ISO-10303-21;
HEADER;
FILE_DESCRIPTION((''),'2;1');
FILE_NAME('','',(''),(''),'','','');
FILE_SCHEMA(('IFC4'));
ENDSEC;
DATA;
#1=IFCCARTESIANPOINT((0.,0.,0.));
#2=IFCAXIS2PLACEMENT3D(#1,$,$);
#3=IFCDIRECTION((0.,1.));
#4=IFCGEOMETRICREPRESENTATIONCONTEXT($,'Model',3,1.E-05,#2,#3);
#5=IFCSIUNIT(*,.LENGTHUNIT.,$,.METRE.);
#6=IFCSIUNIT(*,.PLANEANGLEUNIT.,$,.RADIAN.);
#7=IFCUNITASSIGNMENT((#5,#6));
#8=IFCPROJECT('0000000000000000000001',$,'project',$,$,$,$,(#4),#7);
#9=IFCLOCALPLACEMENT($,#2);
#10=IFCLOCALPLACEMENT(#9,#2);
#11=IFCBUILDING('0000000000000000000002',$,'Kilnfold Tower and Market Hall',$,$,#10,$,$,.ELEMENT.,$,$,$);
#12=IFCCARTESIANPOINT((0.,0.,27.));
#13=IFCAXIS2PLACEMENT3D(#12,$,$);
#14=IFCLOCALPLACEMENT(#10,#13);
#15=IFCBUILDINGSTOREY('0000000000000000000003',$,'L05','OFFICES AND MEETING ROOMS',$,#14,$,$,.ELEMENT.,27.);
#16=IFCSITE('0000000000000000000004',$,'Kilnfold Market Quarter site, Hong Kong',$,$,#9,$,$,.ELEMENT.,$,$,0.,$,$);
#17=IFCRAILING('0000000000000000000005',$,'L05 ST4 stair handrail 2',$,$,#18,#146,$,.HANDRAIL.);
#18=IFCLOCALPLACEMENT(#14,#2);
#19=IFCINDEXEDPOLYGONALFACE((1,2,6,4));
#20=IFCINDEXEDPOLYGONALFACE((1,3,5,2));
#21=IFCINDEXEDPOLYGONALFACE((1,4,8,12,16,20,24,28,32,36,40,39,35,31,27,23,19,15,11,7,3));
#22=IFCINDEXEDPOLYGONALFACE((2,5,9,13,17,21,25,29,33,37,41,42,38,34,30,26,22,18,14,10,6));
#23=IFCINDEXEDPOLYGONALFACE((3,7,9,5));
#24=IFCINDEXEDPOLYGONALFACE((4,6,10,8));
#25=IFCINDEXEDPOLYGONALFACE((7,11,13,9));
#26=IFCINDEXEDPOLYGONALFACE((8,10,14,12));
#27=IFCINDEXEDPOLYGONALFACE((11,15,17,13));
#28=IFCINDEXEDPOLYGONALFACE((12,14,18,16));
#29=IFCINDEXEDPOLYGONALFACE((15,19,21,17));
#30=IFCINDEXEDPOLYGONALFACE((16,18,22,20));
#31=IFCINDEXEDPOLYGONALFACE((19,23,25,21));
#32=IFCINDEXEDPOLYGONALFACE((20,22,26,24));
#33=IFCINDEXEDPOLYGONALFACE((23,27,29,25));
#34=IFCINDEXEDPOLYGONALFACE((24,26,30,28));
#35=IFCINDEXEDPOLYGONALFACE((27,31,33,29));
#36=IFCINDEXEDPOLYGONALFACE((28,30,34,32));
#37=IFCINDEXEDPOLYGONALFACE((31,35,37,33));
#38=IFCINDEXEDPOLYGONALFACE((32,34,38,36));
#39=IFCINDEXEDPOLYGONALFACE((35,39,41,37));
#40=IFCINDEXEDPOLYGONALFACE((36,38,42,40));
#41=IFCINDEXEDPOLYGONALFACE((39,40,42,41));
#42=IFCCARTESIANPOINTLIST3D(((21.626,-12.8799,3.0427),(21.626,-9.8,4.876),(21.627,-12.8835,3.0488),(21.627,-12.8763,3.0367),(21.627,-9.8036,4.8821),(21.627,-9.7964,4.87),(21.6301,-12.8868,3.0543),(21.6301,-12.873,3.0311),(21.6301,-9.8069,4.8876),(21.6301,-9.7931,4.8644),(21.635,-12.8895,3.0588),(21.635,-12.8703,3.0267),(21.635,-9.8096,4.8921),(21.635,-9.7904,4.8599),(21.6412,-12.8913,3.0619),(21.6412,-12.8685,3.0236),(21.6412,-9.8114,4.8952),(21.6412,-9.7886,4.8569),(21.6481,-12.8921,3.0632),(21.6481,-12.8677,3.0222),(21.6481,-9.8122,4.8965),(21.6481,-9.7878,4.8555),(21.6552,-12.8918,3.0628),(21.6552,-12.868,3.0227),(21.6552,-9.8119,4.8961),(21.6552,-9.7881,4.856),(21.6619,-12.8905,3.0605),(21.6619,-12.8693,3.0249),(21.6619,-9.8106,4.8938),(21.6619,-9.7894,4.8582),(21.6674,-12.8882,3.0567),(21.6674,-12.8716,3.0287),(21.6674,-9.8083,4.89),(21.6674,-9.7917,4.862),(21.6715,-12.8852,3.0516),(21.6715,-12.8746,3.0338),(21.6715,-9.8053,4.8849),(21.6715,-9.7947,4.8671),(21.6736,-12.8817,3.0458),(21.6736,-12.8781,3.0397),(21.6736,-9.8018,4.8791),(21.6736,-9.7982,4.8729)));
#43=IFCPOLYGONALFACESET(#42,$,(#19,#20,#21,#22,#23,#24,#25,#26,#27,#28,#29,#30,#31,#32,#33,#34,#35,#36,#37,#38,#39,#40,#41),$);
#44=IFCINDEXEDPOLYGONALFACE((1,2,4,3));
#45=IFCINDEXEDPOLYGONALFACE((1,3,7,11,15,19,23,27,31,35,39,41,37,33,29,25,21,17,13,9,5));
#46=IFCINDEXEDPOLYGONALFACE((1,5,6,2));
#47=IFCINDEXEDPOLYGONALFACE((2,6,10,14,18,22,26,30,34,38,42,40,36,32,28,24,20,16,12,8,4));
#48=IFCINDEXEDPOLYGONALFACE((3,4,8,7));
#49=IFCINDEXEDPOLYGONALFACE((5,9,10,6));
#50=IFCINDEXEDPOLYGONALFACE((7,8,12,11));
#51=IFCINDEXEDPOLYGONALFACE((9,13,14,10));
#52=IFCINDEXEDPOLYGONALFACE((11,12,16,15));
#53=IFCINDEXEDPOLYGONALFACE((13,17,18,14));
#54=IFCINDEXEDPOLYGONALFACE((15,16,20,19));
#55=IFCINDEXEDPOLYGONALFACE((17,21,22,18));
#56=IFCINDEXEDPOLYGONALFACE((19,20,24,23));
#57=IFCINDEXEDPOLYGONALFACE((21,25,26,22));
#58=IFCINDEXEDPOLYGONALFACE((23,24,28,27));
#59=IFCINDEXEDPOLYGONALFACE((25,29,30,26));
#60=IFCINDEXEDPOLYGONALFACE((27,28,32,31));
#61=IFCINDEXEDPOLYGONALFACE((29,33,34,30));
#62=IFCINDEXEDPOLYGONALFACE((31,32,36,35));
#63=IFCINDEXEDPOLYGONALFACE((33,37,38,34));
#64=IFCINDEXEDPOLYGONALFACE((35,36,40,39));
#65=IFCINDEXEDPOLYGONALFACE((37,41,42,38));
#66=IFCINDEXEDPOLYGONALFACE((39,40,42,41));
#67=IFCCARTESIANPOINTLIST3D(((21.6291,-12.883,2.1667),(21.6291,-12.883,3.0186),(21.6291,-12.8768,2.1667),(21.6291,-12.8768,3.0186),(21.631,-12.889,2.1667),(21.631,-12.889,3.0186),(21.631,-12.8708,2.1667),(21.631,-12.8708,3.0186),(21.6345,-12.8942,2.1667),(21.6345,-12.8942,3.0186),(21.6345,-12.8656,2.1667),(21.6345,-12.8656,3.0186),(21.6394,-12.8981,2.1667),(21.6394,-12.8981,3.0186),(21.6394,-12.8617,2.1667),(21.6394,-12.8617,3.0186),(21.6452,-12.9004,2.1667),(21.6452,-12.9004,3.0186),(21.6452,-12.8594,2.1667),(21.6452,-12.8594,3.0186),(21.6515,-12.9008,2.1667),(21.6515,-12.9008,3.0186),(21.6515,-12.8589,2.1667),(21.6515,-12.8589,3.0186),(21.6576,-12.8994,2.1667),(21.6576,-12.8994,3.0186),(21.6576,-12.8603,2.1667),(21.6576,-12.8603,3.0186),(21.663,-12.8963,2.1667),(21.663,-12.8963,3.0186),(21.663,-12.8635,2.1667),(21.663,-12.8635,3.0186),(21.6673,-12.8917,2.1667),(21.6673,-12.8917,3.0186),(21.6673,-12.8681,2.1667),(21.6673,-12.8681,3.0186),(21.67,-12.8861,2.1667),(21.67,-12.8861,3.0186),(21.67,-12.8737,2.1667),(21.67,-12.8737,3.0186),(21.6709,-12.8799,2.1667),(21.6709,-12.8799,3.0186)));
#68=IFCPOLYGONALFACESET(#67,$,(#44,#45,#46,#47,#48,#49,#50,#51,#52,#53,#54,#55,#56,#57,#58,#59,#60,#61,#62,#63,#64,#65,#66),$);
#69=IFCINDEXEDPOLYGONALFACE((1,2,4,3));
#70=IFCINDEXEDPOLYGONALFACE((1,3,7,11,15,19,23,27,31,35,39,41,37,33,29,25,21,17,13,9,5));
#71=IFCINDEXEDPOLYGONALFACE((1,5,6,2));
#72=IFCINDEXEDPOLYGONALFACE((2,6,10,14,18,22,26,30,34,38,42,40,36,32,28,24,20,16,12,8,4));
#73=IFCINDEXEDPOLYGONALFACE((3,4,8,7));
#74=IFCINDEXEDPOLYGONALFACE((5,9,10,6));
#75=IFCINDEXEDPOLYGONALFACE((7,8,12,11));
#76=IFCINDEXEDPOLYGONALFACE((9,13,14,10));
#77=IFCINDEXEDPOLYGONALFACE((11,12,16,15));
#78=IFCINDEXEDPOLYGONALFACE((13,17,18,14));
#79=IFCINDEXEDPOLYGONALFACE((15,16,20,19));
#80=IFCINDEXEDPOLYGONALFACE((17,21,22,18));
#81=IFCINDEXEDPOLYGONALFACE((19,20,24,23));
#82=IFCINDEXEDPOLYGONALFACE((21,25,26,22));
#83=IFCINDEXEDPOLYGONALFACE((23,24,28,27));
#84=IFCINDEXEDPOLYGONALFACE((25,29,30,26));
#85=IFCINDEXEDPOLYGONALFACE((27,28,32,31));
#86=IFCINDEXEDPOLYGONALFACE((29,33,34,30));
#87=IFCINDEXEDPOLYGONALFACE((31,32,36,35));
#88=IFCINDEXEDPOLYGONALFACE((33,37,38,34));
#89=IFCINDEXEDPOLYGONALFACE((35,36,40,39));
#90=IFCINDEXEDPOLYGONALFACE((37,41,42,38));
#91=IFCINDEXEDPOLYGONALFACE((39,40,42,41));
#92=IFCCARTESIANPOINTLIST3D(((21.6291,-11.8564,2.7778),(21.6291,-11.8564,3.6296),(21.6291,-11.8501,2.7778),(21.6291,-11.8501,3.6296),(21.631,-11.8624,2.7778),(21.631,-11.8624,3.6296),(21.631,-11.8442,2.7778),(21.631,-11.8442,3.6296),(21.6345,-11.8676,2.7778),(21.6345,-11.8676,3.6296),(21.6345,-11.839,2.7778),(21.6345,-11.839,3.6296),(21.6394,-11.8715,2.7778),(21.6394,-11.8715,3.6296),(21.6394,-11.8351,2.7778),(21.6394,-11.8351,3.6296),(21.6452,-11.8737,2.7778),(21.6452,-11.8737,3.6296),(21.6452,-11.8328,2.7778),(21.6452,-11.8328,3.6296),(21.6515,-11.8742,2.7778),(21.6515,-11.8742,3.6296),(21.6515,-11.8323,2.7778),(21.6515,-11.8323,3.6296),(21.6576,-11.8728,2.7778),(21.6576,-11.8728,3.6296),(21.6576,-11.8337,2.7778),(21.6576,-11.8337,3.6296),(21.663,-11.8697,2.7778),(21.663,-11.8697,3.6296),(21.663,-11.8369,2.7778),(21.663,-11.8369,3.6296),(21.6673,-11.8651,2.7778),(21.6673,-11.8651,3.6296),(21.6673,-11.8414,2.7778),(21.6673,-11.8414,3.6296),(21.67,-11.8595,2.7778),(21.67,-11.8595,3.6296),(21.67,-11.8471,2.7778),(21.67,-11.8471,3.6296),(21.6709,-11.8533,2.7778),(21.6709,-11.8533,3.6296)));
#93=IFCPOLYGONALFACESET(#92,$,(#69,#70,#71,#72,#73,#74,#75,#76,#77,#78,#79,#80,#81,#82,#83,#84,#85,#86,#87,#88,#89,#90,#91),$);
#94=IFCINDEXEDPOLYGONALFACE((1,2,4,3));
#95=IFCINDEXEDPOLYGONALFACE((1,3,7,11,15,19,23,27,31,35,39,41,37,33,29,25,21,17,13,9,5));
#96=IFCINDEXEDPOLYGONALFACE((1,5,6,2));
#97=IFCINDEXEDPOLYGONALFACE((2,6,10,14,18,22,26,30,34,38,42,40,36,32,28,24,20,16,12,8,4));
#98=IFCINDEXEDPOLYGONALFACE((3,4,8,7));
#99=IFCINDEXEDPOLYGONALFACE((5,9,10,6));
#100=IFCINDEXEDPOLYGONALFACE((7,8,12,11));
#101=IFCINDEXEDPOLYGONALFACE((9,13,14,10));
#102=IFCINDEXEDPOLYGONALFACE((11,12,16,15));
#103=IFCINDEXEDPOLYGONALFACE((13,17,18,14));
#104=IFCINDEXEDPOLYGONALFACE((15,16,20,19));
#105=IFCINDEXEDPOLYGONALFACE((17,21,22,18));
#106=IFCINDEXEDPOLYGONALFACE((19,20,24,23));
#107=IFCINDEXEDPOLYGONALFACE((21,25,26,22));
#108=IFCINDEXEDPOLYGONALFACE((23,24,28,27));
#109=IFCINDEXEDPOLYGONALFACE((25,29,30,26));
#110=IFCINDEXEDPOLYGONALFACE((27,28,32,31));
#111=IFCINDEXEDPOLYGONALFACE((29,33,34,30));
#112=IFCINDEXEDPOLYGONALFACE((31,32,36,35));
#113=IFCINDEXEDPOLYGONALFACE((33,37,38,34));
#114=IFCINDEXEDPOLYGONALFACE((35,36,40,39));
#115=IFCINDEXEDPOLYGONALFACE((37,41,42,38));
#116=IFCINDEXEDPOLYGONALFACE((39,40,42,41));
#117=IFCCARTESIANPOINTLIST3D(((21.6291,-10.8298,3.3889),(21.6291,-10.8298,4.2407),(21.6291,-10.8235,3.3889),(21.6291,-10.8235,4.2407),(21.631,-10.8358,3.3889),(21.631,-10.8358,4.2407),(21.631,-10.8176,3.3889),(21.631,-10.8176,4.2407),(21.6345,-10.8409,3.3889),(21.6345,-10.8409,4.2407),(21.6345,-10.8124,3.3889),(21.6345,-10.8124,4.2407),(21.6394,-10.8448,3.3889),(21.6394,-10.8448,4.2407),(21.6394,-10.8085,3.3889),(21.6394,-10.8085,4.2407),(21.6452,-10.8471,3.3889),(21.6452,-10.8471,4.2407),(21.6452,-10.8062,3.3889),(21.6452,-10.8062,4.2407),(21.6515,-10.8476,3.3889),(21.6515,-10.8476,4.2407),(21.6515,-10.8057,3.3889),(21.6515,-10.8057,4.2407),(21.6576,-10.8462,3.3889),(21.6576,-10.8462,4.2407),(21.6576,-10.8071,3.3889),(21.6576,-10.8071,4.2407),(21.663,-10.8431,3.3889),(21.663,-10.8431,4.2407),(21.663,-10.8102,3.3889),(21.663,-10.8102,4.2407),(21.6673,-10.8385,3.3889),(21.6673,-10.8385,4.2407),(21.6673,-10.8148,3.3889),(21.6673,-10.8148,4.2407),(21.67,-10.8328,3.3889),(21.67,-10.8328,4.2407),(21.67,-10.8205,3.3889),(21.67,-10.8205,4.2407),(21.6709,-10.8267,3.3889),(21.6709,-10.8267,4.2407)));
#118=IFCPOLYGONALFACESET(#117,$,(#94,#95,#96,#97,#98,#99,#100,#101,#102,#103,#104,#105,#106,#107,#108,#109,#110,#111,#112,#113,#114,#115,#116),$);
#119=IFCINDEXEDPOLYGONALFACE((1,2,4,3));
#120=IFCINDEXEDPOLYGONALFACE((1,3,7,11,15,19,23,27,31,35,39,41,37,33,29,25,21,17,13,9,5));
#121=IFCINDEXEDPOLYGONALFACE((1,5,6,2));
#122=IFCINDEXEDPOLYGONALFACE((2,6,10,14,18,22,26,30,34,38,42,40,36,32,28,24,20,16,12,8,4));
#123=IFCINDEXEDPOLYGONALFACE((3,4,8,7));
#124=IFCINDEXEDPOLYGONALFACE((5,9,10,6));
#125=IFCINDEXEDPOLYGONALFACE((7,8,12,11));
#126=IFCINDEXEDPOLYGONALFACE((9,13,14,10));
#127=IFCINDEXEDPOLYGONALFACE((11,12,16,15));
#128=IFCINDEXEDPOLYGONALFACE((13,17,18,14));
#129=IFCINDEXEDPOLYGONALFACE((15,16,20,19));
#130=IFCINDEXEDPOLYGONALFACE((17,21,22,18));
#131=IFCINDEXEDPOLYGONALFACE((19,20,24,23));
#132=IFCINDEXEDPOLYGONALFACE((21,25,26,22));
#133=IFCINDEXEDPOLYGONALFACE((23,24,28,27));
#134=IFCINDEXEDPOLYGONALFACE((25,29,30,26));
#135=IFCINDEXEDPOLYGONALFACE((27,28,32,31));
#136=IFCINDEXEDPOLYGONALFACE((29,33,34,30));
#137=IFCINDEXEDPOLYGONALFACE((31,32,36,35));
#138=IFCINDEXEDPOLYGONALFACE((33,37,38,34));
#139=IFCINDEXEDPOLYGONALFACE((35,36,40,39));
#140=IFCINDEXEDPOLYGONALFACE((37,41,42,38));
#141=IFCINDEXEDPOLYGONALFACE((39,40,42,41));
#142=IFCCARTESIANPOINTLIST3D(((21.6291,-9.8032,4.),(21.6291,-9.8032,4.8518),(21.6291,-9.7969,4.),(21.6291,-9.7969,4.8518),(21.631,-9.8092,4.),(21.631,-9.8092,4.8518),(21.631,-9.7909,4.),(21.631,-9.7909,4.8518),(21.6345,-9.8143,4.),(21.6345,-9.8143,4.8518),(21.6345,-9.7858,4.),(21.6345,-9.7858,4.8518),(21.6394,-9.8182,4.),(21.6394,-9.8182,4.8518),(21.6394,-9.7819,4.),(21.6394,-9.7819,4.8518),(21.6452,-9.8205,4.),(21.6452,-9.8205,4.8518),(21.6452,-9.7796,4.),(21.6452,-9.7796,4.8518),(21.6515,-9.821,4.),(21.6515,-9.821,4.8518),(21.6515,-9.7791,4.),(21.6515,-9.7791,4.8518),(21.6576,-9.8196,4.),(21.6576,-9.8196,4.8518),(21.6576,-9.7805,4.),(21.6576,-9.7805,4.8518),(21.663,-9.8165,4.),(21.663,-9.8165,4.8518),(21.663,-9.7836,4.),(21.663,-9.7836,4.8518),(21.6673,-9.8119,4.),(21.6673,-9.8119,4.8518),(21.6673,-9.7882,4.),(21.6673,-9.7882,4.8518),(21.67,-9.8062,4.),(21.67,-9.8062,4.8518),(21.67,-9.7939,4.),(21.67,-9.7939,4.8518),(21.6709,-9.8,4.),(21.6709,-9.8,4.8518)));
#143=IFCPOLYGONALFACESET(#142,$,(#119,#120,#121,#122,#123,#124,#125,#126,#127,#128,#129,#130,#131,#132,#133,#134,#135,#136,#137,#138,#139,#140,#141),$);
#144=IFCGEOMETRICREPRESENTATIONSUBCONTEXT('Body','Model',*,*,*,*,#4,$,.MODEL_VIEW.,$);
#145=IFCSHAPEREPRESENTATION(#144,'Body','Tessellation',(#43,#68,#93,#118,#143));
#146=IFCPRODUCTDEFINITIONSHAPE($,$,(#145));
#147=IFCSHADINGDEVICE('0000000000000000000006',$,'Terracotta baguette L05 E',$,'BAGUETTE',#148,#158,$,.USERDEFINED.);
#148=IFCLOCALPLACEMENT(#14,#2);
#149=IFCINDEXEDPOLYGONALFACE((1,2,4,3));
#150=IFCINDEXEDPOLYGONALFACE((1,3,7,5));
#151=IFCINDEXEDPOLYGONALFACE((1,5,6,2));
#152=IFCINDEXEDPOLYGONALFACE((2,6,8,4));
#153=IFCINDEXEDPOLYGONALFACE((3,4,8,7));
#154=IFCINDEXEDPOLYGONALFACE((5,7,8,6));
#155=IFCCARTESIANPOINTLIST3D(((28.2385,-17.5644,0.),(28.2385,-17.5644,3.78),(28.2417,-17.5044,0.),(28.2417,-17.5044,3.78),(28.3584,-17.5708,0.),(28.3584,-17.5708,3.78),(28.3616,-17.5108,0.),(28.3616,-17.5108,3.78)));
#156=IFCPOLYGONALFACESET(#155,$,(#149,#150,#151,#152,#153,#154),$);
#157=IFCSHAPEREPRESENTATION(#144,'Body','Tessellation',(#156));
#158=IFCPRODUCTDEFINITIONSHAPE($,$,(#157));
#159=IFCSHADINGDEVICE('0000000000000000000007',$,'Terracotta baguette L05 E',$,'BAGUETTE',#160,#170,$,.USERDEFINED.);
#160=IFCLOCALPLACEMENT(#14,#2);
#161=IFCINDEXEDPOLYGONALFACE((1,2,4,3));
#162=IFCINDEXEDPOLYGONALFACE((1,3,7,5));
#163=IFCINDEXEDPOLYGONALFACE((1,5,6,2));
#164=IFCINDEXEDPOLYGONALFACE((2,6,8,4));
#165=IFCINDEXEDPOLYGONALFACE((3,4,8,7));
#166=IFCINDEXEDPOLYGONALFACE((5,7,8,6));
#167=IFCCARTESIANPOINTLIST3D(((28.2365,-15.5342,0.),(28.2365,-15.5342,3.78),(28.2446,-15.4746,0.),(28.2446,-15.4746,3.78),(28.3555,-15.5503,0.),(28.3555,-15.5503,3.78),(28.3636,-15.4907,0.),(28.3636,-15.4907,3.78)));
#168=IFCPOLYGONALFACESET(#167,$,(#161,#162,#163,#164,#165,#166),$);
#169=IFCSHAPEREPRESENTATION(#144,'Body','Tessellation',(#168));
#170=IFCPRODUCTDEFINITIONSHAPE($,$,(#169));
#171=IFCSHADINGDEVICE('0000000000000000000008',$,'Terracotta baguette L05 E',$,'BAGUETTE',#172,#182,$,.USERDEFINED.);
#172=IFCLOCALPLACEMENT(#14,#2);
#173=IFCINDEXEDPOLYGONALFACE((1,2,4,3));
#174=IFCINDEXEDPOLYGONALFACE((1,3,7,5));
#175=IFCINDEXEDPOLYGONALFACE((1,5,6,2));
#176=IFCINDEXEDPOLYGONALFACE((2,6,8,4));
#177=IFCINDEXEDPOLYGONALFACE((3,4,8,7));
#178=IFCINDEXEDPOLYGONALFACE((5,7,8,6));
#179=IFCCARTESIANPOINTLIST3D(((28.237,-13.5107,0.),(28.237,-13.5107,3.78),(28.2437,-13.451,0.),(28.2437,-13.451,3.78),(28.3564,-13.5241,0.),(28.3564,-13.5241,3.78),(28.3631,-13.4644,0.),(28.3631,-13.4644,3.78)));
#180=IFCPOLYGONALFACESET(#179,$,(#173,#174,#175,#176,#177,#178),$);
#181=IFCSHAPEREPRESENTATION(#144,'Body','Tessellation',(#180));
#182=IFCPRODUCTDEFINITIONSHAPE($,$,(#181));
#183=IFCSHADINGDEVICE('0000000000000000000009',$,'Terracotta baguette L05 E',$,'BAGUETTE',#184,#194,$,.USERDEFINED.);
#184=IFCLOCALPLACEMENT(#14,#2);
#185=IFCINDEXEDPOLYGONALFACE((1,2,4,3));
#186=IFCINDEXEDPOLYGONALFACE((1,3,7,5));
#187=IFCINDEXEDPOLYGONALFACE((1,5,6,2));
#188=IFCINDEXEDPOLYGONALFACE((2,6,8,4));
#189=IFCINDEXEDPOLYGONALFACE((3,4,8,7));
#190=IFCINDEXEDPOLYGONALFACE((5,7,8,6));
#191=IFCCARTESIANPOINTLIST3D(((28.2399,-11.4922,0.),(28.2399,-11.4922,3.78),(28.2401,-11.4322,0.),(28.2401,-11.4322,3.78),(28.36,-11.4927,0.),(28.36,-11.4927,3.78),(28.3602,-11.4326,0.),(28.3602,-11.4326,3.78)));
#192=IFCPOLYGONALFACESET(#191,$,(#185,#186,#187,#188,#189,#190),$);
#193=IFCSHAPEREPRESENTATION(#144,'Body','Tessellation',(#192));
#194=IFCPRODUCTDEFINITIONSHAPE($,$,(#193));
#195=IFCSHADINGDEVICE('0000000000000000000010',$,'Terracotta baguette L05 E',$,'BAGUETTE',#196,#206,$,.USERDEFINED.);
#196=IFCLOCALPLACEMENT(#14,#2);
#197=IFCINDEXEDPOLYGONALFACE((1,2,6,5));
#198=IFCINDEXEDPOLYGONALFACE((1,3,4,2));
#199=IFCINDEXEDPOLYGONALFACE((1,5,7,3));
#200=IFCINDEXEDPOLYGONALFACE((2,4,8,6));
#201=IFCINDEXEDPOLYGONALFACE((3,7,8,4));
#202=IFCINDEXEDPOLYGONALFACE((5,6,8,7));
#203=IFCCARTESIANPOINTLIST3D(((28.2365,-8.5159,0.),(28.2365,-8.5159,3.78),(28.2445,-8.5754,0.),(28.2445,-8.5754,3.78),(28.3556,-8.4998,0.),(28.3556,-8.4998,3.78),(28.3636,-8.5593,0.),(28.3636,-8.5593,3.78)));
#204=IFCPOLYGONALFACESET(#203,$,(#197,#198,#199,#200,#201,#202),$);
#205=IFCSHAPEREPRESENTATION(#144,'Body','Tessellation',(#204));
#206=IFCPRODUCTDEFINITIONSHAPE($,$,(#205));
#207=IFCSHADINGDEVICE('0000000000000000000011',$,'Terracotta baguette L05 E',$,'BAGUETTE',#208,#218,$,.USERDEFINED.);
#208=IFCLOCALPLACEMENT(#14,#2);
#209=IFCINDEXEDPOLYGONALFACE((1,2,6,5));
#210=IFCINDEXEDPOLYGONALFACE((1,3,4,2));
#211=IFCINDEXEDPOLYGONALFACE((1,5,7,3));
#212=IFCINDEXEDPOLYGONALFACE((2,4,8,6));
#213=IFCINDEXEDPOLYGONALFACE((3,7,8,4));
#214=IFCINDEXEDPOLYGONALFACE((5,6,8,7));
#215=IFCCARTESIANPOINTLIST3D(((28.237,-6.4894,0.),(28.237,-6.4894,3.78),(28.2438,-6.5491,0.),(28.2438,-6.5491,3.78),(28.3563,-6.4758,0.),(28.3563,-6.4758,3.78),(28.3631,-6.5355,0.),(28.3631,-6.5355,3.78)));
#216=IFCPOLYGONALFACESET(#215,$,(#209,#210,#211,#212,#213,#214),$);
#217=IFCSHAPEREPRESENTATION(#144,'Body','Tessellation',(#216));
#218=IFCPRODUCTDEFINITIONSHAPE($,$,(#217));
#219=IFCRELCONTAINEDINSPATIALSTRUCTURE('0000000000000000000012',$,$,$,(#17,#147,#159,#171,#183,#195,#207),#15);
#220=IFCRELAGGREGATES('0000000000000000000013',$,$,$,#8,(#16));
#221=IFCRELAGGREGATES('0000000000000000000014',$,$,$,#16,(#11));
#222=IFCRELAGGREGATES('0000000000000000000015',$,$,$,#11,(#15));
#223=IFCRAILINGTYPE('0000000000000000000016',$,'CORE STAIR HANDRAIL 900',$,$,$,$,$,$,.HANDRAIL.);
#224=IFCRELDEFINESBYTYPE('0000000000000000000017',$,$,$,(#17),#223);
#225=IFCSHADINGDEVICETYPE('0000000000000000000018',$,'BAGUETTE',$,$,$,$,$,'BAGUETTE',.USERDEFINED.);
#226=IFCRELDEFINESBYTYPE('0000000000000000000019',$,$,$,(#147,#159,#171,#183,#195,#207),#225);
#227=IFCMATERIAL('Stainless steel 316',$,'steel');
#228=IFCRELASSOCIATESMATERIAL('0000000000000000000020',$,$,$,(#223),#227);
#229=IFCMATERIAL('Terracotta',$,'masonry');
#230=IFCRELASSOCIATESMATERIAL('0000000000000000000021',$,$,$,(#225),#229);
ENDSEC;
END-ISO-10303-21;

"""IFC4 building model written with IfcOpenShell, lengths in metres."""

from ifc_helpers import new_model, si_unit, direction, frame, origin, origin_2d, place, context, subcontext, project, spatial, rectangle, circle, extrude, source, transform, mapped, material, material_profile, profile_set, type_object, element, save


model = new_model("IFC4")

# Units and contexts
model_context = context("Model", 3, precision=1e-05, world=origin(), true_north=direction((0.0, 1.0)))
body_context = subcontext(model_context, "Body", "Model", "MODEL_VIEW")
ifc_project = project(units=[si_unit("LENGTHUNIT", "METRE"), si_unit("PLANEANGLEUNIT", "RADIAN")], contexts=[model_context])

# Site, building, storey
site_placement = place(None, origin())
site = spatial("IfcSite", under=ifc_project, at=site_placement, Name="Kilnfold Market Quarter site, Hong Kong", CompositionType="ELEMENT", RefElevation=0.0)
building_placement = place(site_placement, origin())
building = spatial("IfcBuilding", under=site, at=building_placement, Name="Kilnfold Tower and Market Hall", CompositionType="ELEMENT")
storey_placement = place(building_placement, frame((0.0, 0.0, 27.0)))
storey = spatial("IfcBuildingStorey", under=building, at=storey_placement, Name="L05", Description="OFFICES AND MEETING ROOMS", CompositionType="ELEMENT", Elevation=27.0)

# Railing
ifc_material_1 = material(Name="Stainless steel 316", Category="steel")
railing_type_1 = type_object("IfcRailingType", Name="CORE STAIR HANDRAIL 900", PredefinedType="HANDRAIL", material=ifc_material_1)
railing_1_placement = place(storey_placement, frame((21.6499, -12.8799, 2.1667)))
element("IfcRailing", 1, at=railing_1_placement, inside=storey, type_object=railing_type_1, Name="L05 ST4 stair handrail 2", PredefinedType="HANDRAIL", context=body_context, shape_type="SweptSolid", body=[
    extrude(circle(Radius=0.0239, at=origin_2d()), frame((0.0, 0.0, 0.876), z_axis=(0.0, 0.859291, 0.511487), x_axis=(-1.0, 0.0, 0.0)), (0.0, 0.0, 1.0), 3.5842),
    extrude(circle(Radius=0.021, at=origin_2d()), origin(), (0.0, 0.0, 1.0), 0.8518),
    extrude(circle(Radius=0.021, at=origin_2d()), frame((0.0, 1.0266, 0.6111)), (0.0, 0.0, 1.0), 0.8518),
    extrude(circle(Radius=0.021, at=origin_2d()), frame((0.0, 2.0532, 1.2222)), (0.0, 0.0, 1.0), 0.8518),
    extrude(circle(Radius=0.021, at=origin_2d()), frame((0.0, 3.0798, 1.8333)), (0.0, 0.0, 1.0), 0.8518),
])

# Shading devices
ifc_material_2 = material(Name="Terracotta", Category="masonry")
ifc_material_profile_1 = material_profile(ifc_material_2, rectangle(XDim=0.0601, YDim=0.1201, at=origin_2d()), Name="BAG 60x120")
ifc_profile_set_1 = profile_set([ifc_material_profile_1], Name="Terracotta")
shading_device_type = type_object("IfcShadingDeviceType", Name="BAGUETTE", ElementType="BAGUETTE", PredefinedType="USERDEFINED", material=ifc_profile_set_1)
shared_shape_1 = source(origin(), body_context, "Body", "SweptSolid", [
    extrude(rectangle(XDim=0.0601, YDim=0.1201, at=origin_2d()), origin(), (0.0, 0.0, 1.0), 3.78),
])
for number, where, z_axis, x_axis, name in (
    (2, (28.3, -17.5376, 0.0), (0.0, 0.0, 1.0), (0.052901, 0.9986, 0.0), "Terracotta baguette L05 E"),
    (3, (28.3, -15.5125, 0.0), (0.0, 0.0, 1.0), (0.134043, 0.990975, 0.0), "Terracotta baguette L05 E"),
    (4, (28.3, -13.4875, 0.0), (0.0, 0.0, 1.0), (0.112123, 0.993694, 0.0), "Terracotta baguette L05 E"),
    (5, (28.3, -11.4624, 0.0), (0.0, 0.0, 1.0), (0.003681, 0.999993, 0.0), "Terracotta baguette L05 E"),
    (6, (28.3, -8.5376, 0.0), (0.0, 0.0, 1.0), (-0.133616, 0.991033, 0.0), "Terracotta baguette L05 E"),
    (7, (28.3, -6.5125, 0.0), (0.0, 0.0, 1.0), (-0.11304, 0.99359, 0.0), "Terracotta baguette L05 E"),
):
    element("IfcShadingDevice", number, at=place(storey_placement, frame(where, z_axis=z_axis, x_axis=x_axis)), inside=storey, type_object=shading_device_type, Name=name, ObjectType="BAGUETTE", PredefinedType="USERDEFINED", context=body_context, shape_type="MappedRepresentation", body=[
        mapped(shared_shape_1, transform((0.0, 0.0, 0.0))),
    ])

save(model, "model.ifc")
